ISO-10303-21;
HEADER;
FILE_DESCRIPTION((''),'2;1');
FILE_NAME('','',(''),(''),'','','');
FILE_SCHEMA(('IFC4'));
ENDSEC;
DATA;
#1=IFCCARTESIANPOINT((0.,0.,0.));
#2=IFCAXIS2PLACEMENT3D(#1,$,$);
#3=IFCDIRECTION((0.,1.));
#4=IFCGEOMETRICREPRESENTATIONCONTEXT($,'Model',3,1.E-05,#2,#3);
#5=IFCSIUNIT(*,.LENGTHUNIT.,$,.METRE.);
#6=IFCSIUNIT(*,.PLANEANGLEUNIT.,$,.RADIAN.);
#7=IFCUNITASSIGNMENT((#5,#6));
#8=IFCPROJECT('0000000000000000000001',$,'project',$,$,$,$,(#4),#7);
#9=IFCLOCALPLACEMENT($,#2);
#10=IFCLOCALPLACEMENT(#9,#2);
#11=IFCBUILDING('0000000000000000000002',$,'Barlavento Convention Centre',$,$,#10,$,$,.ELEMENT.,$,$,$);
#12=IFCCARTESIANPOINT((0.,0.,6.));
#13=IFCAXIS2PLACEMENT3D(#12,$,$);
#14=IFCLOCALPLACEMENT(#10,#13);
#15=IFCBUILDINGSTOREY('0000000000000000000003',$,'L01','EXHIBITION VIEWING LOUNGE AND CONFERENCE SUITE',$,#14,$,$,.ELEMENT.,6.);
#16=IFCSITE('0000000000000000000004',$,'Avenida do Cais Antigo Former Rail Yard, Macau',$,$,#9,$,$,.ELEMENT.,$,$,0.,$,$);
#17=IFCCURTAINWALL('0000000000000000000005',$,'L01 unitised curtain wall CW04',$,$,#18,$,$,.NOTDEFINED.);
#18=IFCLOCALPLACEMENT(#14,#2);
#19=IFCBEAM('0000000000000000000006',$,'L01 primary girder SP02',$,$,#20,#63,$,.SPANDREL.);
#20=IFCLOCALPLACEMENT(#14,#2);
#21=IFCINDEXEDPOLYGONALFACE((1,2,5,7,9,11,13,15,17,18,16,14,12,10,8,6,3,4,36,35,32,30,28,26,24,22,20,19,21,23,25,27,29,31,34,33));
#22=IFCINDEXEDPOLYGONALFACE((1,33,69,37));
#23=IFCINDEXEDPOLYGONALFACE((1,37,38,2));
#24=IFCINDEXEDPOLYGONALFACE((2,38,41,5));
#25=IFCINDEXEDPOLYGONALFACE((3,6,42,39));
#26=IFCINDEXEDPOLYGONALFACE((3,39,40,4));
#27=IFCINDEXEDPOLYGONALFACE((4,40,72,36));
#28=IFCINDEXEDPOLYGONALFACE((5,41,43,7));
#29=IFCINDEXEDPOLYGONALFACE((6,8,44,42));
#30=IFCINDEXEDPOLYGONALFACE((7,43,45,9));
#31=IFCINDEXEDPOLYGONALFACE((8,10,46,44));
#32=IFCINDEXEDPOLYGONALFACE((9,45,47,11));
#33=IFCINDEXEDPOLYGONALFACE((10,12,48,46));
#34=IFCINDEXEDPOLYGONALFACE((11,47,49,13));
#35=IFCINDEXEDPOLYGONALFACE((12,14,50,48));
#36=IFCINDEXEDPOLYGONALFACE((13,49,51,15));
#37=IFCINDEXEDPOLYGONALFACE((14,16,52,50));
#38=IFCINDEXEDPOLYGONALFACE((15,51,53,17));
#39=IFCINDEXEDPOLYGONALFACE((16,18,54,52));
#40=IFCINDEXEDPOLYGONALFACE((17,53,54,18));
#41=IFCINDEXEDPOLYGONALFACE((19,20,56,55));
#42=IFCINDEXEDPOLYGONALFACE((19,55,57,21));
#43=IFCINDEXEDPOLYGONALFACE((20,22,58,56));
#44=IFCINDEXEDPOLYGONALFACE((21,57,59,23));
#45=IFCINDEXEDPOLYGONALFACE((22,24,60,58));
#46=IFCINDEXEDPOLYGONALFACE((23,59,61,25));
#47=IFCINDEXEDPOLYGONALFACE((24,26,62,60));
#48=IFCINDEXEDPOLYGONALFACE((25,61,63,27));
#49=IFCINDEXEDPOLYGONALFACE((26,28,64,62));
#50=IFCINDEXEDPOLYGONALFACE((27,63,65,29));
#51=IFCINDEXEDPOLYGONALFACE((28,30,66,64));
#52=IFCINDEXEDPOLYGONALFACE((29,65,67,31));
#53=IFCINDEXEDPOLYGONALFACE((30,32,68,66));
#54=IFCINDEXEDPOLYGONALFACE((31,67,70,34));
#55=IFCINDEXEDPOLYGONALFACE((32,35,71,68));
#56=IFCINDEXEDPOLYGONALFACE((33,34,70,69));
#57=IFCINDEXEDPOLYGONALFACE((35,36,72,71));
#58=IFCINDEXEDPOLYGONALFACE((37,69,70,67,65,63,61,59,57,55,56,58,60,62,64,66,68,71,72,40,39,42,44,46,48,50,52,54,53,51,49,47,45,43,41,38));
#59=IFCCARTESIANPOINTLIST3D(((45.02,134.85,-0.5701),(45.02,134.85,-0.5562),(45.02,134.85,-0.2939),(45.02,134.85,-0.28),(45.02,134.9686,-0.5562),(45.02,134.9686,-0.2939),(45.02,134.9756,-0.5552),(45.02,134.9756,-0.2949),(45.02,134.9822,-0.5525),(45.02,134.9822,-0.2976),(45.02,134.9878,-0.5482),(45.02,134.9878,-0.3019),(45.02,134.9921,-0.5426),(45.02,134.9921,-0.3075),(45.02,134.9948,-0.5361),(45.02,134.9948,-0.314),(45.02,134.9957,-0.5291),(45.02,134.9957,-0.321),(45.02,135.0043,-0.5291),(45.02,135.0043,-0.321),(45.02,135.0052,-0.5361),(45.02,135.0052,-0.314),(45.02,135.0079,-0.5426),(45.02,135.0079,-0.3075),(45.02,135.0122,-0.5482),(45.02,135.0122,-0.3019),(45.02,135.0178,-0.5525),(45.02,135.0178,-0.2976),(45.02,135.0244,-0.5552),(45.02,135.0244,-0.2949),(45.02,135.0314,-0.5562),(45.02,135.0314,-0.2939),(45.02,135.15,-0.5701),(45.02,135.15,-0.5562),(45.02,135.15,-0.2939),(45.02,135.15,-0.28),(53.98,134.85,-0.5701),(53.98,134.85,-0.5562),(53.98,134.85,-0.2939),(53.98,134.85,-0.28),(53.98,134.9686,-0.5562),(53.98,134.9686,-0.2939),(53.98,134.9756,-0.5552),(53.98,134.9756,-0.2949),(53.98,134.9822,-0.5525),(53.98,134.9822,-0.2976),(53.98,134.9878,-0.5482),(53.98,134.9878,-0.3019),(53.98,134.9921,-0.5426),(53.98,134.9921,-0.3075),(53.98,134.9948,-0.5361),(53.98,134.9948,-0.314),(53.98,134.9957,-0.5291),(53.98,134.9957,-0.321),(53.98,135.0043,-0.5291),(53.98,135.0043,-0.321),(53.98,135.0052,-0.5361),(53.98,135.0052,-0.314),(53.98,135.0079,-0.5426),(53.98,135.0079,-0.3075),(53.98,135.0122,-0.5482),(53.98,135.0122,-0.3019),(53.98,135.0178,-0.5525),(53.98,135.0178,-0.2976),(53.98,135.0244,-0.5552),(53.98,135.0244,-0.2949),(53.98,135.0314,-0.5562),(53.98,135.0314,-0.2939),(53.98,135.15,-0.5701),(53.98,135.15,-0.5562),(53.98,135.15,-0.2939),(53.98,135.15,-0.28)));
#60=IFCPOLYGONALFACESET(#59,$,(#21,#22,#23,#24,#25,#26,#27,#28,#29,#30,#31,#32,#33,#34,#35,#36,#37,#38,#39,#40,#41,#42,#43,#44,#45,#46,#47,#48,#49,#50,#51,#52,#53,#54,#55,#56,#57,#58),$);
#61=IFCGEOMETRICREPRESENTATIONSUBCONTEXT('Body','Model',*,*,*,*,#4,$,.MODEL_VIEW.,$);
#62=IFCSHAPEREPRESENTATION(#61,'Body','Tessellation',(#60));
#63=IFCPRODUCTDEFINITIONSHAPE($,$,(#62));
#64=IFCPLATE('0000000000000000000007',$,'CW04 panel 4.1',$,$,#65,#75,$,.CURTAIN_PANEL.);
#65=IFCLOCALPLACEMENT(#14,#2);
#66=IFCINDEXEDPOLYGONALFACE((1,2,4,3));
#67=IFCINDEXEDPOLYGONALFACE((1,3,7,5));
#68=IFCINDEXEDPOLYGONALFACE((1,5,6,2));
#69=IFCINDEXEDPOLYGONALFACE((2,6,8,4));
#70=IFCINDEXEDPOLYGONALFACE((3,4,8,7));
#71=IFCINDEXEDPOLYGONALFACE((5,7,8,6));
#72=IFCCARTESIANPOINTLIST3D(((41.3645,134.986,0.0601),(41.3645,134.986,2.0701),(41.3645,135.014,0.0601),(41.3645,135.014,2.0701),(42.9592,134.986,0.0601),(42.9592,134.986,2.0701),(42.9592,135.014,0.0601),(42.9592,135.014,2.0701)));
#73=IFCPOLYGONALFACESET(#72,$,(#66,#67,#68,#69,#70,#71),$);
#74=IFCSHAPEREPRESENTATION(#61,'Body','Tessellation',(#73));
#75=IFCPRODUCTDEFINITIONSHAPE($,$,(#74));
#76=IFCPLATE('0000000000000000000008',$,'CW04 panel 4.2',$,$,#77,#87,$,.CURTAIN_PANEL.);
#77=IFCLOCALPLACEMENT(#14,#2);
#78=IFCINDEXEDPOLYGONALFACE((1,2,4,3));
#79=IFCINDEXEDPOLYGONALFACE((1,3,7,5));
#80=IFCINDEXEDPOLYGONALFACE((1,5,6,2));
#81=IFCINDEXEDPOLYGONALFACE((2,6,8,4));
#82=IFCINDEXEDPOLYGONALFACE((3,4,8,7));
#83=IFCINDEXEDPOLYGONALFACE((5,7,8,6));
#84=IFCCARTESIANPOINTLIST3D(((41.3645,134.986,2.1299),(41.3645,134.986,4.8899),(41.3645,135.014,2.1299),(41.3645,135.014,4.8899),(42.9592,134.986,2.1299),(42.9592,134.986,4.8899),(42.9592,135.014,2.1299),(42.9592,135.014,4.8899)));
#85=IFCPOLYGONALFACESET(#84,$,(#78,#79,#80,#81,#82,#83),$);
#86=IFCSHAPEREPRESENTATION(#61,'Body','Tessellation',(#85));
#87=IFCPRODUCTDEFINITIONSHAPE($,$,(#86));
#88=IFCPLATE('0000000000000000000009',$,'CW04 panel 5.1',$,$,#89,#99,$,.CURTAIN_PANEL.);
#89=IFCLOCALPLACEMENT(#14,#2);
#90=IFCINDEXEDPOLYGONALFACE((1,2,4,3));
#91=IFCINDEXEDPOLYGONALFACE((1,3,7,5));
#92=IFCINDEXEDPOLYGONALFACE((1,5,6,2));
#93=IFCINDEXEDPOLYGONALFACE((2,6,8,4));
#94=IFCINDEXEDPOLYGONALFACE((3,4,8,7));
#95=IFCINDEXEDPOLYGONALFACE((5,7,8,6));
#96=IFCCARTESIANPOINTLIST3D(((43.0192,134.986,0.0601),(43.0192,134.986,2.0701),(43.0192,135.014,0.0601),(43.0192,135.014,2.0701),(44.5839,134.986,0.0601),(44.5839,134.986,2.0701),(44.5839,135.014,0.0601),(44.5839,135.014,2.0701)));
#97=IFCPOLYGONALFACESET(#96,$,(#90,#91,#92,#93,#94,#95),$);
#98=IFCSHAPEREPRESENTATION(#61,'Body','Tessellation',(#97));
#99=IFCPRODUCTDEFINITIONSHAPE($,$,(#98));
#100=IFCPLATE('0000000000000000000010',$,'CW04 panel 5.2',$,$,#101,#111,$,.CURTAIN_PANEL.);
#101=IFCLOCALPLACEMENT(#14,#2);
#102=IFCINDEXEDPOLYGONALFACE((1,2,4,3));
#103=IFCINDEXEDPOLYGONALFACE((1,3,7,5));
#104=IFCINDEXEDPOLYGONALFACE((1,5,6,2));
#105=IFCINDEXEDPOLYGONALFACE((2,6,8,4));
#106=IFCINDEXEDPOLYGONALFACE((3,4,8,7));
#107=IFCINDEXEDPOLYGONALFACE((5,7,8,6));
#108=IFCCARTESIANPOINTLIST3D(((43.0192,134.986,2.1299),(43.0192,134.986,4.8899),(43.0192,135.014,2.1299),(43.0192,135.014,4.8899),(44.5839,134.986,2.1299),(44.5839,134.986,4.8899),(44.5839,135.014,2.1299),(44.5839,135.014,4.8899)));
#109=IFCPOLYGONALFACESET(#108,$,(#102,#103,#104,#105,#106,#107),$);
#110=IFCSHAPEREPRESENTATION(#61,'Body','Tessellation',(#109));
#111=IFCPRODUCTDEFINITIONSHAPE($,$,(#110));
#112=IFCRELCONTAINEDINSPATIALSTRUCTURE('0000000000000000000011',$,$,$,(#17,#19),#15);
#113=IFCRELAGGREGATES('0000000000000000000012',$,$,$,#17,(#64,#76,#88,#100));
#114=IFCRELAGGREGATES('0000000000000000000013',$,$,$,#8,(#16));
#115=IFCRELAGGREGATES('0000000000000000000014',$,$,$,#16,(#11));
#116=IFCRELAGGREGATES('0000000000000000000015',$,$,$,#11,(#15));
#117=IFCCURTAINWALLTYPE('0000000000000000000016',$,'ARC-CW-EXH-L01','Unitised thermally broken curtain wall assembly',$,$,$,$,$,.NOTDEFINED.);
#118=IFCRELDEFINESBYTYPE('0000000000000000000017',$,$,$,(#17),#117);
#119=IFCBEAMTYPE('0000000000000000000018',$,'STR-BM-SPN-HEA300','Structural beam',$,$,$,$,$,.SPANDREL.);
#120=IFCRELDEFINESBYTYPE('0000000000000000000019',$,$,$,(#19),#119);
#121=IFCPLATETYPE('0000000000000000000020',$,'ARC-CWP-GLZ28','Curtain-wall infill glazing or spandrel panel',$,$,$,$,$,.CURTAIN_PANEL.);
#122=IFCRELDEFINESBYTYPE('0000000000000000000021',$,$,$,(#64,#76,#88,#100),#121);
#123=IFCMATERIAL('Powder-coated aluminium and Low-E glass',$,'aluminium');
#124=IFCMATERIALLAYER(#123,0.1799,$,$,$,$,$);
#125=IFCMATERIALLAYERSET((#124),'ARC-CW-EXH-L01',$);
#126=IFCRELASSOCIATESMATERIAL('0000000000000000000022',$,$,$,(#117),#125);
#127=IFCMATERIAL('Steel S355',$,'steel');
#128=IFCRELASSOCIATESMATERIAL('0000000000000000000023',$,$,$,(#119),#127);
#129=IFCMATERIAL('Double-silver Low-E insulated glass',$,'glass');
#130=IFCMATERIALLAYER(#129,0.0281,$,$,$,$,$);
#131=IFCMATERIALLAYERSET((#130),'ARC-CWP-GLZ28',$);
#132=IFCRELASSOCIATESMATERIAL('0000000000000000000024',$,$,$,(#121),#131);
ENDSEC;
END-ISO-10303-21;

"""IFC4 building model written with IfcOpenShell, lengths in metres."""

from ifc_helpers import new_model, si_unit, direction, frame, origin, origin_2d, place, context, subcontext, project, spatial, rectangle, i_section, extrude, material, layer, layer_set, material_profile, profile_set, type_object, element, aggregate, save


model = new_model("IFC4")

# Units and contexts
model_context = context("Model", 3, precision=1e-05, world=origin(), true_north=direction((0.0, 1.0)))
body_context = subcontext(model_context, "Body", "Model", "MODEL_VIEW")
ifc_project = project(units=[si_unit("LENGTHUNIT", "METRE"), si_unit("PLANEANGLEUNIT", "RADIAN")], contexts=[model_context])

# Site, building, storey
site_placement = place(None, origin())
site = spatial("IfcSite", under=ifc_project, at=site_placement, Name="Avenida do Cais Antigo Former Rail Yard, Macau", CompositionType="ELEMENT", RefElevation=0.0)
building_placement = place(site_placement, origin())
building = spatial("IfcBuilding", under=site, at=building_placement, Name="Barlavento Convention Centre", CompositionType="ELEMENT")
storey_placement = place(building_placement, frame((0.0, 0.0, 6.0)))
storey = spatial("IfcBuildingStorey", under=building, at=storey_placement, Name="L01", Description="EXHIBITION VIEWING LOUNGE AND CONFERENCE SUITE", CompositionType="ELEMENT", Elevation=6.0)

# Shared definitions
ifc_material_1 = material(Name="Steel S355", Category="steel")

# Curtain wall
ifc_material_2 = material(Name="Powder-coated aluminium and Low-E glass", Category="aluminium")
ifc_layer_1 = layer(ifc_material_2, 0.1799)
ifc_layer_set_1 = layer_set([ifc_layer_1], Name="ARC-CW-EXH-L01")
curtain_wall_type = type_object("IfcCurtainWallType", Name="ARC-CW-EXH-L01", Description="Unitised thermally broken curtain wall assembly", PredefinedType="NOTDEFINED", material=ifc_layer_set_1)
curtain_wall_1_placement = place(storey_placement, origin())
curtain_wall_1 = element("IfcCurtainWall", 1, at=curtain_wall_1_placement, inside=storey, type_object=curtain_wall_type, Name="L01 unitised curtain wall CW04", PredefinedType="NOTDEFINED")

# Beam
ifc_material_profile_1 = material_profile(ifc_material_1, i_section(OverallWidth=0.3, OverallDepth=0.29, WebThickness=0.0085, FlangeThickness=0.0139, FilletRadius=0.0271, at=origin_2d()), Name="HEA 300")
ifc_profile_set_1 = profile_set([ifc_material_profile_1], Name="Steel S355")
beam_type_1 = type_object("IfcBeamType", Name="STR-BM-SPN-HEA300", Description="Structural beam", PredefinedType="SPANDREL", material=ifc_profile_set_1)
beam_1_placement = place(storey_placement, frame((45.02, 135.0, -0.425), z_axis=(1.0, 0.0, 0.0), x_axis=(0.0, 1.0, 0.0)))
element("IfcBeam", 2, at=beam_1_placement, inside=storey, type_object=beam_type_1, Name="L01 primary girder SP02", PredefinedType="SPANDREL", context=body_context, shape_type="SweptSolid", body=[
    extrude(i_section(OverallWidth=0.3, OverallDepth=0.29, WebThickness=0.0085, FlangeThickness=0.0139, FilletRadius=0.0271, at=origin_2d()), origin(), (0.0, 0.0, 1.0), 8.96),
])

# Plates
ifc_material_3 = material(Name="Double-silver Low-E insulated glass", Category="glass")
ifc_layer_2 = layer(ifc_material_3, 0.0281)
ifc_layer_set_2 = layer_set([ifc_layer_2], Name="ARC-CWP-GLZ28")
plate_type = type_object("IfcPlateType", Name="ARC-CWP-GLZ28", Description="Curtain-wall infill glazing or spandrel panel", PredefinedType="CURTAIN_PANEL", material=ifc_layer_set_2)
plate_1_placement = place(storey_placement, frame((42.1619, 135.0, 0.0601), z_axis=(0.0, 0.0, 1.0), x_axis=(1.0, 0.0, 0.0)))
plate_1 = element("IfcPlate", 3, at=plate_1_placement, type_object=plate_type, Name="CW04 panel 4.1", PredefinedType="CURTAIN_PANEL", context=body_context, shape_type="SweptSolid", body=[
    extrude(rectangle(XDim=1.5947, YDim=0.0281, at=origin_2d()), origin(), (0.0, 0.0, 1.0), 2.01),
])
plate_2_placement = place(storey_placement, frame((42.1619, 135.0, 2.1299), z_axis=(0.0, 0.0, 1.0), x_axis=(1.0, 0.0, 0.0)))
plate_2 = element("IfcPlate", 4, at=plate_2_placement, type_object=plate_type, Name="CW04 panel 4.2", PredefinedType="CURTAIN_PANEL", context=body_context, shape_type="SweptSolid", body=[
    extrude(rectangle(XDim=1.5947, YDim=0.0281, at=origin_2d()), origin(), (0.0, 0.0, 1.0), 2.76),
])
plate_3_placement = place(storey_placement, frame((43.8015, 135.0, 0.0601), z_axis=(0.0, 0.0, 1.0), x_axis=(1.0, 0.0, 0.0)))
plate_3 = element("IfcPlate", 5, at=plate_3_placement, type_object=plate_type, Name="CW04 panel 5.1", PredefinedType="CURTAIN_PANEL", context=body_context, shape_type="SweptSolid", body=[
    extrude(rectangle(XDim=1.5647, YDim=0.0281, at=origin_2d()), origin(), (0.0, 0.0, 1.0), 2.01),
])
plate_4_placement = place(storey_placement, frame((43.8015, 135.0, 2.1299), z_axis=(0.0, 0.0, 1.0), x_axis=(1.0, 0.0, 0.0)))
plate_4 = element("IfcPlate", 6, at=plate_4_placement, type_object=plate_type, Name="CW04 panel 5.2", PredefinedType="CURTAIN_PANEL", context=body_context, shape_type="SweptSolid", body=[
    extrude(rectangle(XDim=1.5647, YDim=0.0281, at=origin_2d()), origin(), (0.0, 0.0, 1.0), 2.76),
])
aggregate(curtain_wall_1, [plate_1, plate_2, plate_3, plate_4])

save(model, "model.ifc")
